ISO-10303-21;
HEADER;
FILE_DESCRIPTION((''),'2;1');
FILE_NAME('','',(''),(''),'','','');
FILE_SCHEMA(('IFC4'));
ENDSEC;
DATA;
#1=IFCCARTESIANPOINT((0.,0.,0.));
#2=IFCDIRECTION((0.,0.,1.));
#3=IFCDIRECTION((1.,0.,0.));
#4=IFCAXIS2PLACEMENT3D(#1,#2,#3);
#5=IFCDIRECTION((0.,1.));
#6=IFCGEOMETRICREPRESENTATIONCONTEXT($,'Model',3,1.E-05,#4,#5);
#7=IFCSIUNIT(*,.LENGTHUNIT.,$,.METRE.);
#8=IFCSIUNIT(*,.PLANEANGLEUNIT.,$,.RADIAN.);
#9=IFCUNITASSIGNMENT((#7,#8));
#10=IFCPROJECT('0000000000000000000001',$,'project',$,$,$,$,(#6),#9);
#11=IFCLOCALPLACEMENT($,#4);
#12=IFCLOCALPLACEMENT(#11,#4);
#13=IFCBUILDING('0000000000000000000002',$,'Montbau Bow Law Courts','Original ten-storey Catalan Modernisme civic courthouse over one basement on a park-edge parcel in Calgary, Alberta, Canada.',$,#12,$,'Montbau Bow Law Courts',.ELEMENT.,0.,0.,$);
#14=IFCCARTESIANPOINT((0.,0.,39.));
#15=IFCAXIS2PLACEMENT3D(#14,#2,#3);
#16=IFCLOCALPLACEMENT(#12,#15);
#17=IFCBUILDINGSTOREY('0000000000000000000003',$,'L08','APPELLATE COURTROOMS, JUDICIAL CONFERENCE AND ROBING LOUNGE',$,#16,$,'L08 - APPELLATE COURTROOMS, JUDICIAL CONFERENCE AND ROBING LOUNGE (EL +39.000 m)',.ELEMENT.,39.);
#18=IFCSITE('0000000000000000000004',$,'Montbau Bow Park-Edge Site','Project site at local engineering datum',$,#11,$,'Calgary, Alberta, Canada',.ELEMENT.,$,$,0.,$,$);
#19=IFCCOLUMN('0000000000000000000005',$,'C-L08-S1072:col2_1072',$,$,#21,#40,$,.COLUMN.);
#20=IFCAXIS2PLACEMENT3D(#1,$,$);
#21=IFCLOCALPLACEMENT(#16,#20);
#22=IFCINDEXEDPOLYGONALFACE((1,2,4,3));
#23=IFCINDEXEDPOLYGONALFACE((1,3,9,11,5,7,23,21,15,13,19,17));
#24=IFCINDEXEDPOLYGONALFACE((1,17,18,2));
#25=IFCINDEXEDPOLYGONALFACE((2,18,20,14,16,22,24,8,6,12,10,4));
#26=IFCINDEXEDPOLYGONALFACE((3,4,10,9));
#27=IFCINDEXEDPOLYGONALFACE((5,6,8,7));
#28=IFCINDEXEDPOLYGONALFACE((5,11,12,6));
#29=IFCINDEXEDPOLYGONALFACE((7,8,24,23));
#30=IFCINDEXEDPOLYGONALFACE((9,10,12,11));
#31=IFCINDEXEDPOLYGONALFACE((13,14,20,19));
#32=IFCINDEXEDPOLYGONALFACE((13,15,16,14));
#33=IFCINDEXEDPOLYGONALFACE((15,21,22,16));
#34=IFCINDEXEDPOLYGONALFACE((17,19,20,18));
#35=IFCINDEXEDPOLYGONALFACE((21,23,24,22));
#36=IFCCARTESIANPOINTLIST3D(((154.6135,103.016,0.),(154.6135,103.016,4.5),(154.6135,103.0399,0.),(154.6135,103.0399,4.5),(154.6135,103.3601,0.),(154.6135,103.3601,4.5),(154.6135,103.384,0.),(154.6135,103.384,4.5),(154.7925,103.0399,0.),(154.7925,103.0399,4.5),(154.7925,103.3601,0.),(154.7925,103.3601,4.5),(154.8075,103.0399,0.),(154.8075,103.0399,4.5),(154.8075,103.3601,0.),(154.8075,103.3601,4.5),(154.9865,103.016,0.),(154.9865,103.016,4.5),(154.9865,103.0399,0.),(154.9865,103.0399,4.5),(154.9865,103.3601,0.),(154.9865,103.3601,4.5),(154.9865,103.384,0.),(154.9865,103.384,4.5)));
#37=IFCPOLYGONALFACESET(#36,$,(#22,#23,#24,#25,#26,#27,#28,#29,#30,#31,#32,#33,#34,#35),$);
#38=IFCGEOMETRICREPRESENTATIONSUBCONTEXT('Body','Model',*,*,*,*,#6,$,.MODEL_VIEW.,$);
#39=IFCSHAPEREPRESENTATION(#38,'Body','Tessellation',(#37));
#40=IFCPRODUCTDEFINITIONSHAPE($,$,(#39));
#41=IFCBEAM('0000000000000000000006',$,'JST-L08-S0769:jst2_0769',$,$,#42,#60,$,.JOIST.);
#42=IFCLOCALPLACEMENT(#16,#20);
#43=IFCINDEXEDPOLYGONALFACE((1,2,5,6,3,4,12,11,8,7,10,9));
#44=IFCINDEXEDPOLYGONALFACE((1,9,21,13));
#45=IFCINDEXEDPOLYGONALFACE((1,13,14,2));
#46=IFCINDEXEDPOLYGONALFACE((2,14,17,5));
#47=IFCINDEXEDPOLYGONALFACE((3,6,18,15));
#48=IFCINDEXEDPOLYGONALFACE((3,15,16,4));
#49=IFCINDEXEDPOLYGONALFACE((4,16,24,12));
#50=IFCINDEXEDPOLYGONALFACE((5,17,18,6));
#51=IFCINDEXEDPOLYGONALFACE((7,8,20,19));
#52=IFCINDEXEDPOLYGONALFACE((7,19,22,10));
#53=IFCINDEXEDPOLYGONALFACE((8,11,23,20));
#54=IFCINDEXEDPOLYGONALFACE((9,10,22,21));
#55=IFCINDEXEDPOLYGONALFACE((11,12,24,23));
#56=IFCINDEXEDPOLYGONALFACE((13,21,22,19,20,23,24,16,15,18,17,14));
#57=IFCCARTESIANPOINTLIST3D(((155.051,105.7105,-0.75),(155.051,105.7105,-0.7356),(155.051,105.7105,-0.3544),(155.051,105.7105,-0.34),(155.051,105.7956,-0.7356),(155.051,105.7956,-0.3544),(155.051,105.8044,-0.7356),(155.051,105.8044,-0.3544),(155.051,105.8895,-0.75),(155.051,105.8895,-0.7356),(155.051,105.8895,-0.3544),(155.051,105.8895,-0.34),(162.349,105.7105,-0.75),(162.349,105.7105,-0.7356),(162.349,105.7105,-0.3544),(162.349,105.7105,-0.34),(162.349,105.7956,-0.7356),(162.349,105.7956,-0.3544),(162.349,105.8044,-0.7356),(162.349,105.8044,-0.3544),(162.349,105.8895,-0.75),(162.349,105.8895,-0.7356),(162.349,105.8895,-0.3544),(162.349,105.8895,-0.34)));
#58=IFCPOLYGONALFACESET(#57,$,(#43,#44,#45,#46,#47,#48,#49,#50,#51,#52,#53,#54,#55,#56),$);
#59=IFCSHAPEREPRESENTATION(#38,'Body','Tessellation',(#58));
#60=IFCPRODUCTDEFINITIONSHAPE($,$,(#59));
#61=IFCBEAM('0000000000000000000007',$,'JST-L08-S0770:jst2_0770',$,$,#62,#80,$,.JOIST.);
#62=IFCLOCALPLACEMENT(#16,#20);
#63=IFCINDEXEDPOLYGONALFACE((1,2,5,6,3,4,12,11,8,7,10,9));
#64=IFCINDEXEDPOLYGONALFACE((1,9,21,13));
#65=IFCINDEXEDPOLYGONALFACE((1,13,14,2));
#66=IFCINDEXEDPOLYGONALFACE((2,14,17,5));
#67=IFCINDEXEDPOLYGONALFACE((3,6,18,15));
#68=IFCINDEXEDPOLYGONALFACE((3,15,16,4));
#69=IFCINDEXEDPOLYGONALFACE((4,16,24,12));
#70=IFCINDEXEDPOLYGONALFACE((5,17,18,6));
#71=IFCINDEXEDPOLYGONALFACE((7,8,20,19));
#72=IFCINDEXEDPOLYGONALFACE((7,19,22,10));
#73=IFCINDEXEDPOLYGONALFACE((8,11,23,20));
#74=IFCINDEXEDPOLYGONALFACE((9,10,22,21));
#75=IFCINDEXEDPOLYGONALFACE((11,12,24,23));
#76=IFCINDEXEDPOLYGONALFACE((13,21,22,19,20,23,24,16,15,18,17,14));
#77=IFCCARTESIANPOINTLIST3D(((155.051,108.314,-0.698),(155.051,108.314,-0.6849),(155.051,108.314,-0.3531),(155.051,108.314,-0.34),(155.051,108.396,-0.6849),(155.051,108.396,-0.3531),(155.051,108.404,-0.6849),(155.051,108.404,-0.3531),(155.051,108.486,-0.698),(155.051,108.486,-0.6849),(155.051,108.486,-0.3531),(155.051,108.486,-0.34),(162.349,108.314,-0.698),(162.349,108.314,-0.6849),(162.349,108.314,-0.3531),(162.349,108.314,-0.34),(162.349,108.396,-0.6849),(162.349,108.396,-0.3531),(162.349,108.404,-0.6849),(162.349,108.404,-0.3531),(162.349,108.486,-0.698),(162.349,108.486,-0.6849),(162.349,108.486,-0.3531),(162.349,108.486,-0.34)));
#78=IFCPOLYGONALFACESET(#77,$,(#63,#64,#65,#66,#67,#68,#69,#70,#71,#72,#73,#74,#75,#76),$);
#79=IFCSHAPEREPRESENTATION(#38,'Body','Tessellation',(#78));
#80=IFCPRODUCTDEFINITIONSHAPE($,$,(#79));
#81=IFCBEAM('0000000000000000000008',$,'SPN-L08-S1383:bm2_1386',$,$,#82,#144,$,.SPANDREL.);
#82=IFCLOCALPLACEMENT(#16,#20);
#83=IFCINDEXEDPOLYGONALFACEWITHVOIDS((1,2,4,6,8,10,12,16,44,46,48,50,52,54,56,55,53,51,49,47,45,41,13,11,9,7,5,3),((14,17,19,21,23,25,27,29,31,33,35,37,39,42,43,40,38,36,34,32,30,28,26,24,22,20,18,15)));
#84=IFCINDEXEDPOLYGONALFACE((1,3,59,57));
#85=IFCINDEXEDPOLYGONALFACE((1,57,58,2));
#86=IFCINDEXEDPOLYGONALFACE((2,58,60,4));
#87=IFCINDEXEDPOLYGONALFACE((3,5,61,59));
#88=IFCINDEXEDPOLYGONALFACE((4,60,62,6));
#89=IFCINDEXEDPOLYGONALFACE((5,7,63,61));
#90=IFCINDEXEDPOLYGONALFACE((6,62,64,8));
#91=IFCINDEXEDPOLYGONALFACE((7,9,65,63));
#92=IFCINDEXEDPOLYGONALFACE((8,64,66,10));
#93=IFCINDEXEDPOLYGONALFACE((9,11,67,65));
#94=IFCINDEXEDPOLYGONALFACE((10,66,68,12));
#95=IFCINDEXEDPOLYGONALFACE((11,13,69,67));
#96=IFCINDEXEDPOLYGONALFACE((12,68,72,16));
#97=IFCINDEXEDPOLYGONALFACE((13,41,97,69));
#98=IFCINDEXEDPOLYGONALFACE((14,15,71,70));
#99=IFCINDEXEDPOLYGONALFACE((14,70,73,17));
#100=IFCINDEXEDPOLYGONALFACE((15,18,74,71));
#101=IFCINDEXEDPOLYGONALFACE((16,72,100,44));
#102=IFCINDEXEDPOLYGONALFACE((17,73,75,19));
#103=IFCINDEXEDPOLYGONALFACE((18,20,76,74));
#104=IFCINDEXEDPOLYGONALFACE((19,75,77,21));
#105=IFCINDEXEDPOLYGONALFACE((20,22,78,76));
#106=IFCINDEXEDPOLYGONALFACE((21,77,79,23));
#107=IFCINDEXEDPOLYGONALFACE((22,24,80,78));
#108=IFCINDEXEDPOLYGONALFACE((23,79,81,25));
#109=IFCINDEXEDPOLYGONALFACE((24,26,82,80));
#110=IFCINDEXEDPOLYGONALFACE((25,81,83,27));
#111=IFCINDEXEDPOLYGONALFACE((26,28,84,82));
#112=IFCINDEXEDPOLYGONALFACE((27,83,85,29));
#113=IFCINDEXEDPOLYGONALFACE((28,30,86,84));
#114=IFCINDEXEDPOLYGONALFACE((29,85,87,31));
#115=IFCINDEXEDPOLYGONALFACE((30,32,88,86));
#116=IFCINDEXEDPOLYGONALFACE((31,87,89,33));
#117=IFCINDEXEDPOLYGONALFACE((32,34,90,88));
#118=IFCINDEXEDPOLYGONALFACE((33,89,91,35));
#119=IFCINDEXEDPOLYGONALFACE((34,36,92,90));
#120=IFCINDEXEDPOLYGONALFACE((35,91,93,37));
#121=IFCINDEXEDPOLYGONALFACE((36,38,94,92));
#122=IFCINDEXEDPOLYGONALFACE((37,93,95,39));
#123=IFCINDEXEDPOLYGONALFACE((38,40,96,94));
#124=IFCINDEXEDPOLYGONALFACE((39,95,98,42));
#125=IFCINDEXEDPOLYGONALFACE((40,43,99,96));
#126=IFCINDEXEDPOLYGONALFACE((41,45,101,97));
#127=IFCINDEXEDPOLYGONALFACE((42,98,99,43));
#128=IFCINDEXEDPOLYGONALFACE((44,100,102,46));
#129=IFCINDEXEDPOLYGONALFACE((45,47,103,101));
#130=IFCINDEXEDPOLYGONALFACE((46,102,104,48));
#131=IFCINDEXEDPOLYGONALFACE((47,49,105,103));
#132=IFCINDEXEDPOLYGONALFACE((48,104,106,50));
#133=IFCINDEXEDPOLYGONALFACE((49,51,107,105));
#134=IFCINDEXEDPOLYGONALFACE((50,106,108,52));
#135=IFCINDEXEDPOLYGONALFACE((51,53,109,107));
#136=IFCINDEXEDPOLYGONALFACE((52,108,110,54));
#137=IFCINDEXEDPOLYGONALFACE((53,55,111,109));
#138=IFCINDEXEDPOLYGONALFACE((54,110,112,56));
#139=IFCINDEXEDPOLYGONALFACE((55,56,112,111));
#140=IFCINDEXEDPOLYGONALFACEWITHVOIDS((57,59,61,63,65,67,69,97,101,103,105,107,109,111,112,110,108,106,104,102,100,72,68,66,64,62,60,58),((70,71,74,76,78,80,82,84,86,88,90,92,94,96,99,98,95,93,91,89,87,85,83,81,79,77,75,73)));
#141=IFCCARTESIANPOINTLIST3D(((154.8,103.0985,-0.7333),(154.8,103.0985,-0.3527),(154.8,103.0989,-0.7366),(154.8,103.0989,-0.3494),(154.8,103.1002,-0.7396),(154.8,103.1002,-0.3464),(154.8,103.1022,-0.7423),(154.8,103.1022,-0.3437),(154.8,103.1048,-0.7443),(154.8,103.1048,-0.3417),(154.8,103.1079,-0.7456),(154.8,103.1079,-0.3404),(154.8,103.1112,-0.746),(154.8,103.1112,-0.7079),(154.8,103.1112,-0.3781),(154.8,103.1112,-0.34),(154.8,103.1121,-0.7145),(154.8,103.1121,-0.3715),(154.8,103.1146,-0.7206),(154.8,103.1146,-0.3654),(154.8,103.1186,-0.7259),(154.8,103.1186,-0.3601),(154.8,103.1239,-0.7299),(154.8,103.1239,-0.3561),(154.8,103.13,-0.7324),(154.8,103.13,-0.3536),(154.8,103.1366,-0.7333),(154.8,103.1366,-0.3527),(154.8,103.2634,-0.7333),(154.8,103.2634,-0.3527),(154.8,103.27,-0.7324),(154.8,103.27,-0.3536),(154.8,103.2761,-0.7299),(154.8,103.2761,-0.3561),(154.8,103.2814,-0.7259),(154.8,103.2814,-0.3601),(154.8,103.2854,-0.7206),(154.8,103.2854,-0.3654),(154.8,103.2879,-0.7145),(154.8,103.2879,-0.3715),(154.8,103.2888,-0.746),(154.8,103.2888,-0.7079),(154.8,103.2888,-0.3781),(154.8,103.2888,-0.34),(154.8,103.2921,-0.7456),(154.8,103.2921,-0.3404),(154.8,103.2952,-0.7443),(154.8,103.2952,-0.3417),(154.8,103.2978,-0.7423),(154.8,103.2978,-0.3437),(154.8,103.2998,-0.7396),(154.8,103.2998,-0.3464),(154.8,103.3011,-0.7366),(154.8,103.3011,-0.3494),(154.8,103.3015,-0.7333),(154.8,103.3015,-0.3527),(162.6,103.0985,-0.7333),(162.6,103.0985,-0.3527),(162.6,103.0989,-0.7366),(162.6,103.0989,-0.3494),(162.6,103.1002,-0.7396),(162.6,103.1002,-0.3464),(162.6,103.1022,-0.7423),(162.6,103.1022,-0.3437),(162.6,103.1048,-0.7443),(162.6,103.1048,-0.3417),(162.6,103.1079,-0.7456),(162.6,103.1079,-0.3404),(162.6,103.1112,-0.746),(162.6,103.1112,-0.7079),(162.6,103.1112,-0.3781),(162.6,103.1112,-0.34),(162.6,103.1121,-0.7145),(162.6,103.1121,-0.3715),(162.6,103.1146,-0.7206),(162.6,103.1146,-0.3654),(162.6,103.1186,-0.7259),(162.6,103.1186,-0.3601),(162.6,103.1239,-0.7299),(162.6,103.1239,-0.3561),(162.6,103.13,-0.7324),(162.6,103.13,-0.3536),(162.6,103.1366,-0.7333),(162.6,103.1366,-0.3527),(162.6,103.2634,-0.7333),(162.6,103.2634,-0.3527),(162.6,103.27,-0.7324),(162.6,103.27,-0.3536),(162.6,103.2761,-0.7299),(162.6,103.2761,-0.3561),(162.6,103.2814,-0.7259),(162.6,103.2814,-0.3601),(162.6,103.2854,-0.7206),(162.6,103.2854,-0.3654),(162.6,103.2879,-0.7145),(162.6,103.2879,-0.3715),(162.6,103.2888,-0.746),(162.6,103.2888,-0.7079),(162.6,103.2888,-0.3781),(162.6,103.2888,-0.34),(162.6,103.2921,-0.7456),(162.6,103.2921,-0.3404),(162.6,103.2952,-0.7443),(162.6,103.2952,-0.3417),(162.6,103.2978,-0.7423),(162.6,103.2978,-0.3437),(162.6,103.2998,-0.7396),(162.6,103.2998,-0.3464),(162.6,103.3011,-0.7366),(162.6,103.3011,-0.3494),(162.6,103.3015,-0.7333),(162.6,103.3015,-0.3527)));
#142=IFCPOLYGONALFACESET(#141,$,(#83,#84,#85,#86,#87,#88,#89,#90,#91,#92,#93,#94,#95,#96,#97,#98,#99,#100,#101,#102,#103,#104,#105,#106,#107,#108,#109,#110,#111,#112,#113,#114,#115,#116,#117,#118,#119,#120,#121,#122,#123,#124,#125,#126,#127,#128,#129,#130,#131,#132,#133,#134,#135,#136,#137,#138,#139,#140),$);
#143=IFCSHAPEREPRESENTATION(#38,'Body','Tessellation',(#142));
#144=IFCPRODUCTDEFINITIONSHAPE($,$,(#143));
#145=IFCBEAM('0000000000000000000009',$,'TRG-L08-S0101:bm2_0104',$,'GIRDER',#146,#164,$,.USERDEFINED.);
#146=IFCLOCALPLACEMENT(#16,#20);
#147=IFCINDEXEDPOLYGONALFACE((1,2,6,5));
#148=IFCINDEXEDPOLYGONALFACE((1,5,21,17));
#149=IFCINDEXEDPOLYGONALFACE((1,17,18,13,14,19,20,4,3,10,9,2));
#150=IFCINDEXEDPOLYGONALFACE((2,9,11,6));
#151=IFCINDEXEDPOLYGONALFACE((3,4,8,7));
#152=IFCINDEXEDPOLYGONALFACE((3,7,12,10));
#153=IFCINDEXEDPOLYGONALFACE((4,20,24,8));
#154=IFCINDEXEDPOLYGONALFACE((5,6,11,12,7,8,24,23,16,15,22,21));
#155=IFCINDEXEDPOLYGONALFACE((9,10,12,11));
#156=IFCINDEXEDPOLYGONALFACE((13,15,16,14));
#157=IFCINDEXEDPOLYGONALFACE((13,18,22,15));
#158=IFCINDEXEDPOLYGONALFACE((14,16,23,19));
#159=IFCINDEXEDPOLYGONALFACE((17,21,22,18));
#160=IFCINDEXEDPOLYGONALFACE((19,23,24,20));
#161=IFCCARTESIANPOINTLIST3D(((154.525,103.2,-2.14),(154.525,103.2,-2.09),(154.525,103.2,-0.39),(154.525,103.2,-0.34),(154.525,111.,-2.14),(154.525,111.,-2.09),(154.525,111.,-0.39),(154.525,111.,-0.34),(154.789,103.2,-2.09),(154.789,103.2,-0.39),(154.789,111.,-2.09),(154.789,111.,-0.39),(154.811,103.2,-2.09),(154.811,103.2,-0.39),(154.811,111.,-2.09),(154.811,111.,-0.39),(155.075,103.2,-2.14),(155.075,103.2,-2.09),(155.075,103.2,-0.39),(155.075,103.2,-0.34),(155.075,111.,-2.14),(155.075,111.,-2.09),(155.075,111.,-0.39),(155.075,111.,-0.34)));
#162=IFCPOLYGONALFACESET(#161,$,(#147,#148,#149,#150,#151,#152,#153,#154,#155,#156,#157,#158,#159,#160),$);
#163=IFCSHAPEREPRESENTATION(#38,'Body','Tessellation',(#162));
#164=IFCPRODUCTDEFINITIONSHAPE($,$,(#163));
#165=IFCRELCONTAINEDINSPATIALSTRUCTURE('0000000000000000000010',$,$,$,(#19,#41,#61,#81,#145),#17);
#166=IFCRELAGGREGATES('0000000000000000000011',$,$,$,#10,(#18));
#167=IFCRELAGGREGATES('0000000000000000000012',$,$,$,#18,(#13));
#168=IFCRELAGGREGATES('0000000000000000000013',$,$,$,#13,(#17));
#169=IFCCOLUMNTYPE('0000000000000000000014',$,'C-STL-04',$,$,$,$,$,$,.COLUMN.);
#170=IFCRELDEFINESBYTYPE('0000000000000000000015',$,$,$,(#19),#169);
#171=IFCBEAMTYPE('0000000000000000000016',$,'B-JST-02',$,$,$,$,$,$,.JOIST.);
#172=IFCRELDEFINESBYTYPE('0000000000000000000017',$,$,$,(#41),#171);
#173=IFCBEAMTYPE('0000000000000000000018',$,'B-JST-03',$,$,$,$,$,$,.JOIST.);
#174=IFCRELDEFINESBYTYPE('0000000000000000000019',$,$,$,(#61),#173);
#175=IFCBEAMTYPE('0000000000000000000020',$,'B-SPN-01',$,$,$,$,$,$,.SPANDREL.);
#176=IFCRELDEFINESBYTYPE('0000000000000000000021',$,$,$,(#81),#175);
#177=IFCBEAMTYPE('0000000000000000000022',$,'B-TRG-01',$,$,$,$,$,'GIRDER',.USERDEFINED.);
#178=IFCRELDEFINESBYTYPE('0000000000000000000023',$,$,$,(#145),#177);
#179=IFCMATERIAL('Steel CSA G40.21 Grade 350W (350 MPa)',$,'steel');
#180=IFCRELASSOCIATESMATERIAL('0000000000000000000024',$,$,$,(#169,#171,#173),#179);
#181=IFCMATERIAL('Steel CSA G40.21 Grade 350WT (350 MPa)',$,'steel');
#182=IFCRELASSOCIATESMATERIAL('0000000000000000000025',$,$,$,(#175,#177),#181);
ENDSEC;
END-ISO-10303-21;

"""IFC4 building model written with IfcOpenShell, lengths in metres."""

from ifc_helpers import new_model, si_unit, direction, frame, origin_with_axes, origin_2d_with_axis, place, context, subcontext, project, spatial, hollow_rectangle, i_section, extrude, material, material_profile, profile_set, type_object, element, save


model = new_model("IFC4")

# Units and contexts
model_context = context("Model", 3, precision=1e-05, world=origin_with_axes(), true_north=direction((0.0, 1.0)))
body_context = subcontext(model_context, "Body", "Model", "MODEL_VIEW")
ifc_project = project(units=[si_unit("LENGTHUNIT", "METRE"), si_unit("PLANEANGLEUNIT", "RADIAN")], contexts=[model_context])

# Site, building, storey
site_placement = place(None, origin_with_axes())
site = spatial("IfcSite", under=ifc_project, at=site_placement, Name="Montbau Bow Park-Edge Site", Description="Project site at local engineering datum", LongName="Calgary, Alberta, Canada", CompositionType="ELEMENT", RefElevation=0.0)
building_placement = place(site_placement, origin_with_axes())
building = spatial("IfcBuilding", under=site, at=building_placement, Name="Montbau Bow Law Courts", Description="Original ten-storey Catalan Modernisme civic courthouse over one basement on a park-edge parcel in Calgary, Alberta, Canada.", LongName="Montbau Bow Law Courts", CompositionType="ELEMENT", ElevationOfRefHeight=0.0, ElevationOfTerrain=0.0)
storey_placement = place(building_placement, frame((0.0, 0.0, 39.0), z_axis=(0.0, 0.0, 1.0), x_axis=(1.0, 0.0, 0.0)))
storey = spatial("IfcBuildingStorey", under=building, at=storey_placement, Name="L08", Description="APPELLATE COURTROOMS, JUDICIAL CONFERENCE AND ROBING LOUNGE", LongName="L08 - APPELLATE COURTROOMS, JUDICIAL CONFERENCE AND ROBING LOUNGE (EL +39.000 m)", CompositionType="ELEMENT", Elevation=39.0)

# Column
ifc_material_1 = material(Name="Steel CSA G40.21 Grade 350W (350 MPa)", Category="steel")
ifc_material_profile_1 = material_profile(ifc_material_1, i_section(OverallWidth=0.373, OverallDepth=0.368, WebThickness=0.015, FlangeThickness=0.0239, at=origin_2d_with_axis()), Name="W360X179", Category="Main", Priority=0)
ifc_profile_set_1 = profile_set([ifc_material_profile_1], Name="Steel CSA G40.21 Grade 350W (350 MPa)")
column_type = type_object("IfcColumnType", Name="C-STL-04", PredefinedType="COLUMN", material=ifc_profile_set_1)
column_placement = place(None, frame((154.8, 103.2, 39.0), z_axis=(0.0, 0.0, 1.0), x_axis=(1.0, 0.0, 0.0)))
element("IfcColumn", 1, at=column_placement, inside=storey, type_object=column_type, Name="C-L08-S1072:col2_1072", PredefinedType="COLUMN", context=body_context, shape_type="SweptSolid", body=[
    extrude(i_section(OverallWidth=0.373, OverallDepth=0.368, WebThickness=0.015, FlangeThickness=0.0239, at=origin_2d_with_axis()), origin_with_axes(), (0.0, 0.0, 1.0), 4.5),
])

# Beams
ifc_material_profile_2 = material_profile(ifc_material_1, i_section(OverallWidth=0.179, OverallDepth=0.41, WebThickness=0.0088, FlangeThickness=0.0144, at=origin_2d_with_axis()), Name="W410X67", Category="Main", Priority=0)
ifc_profile_set_2 = profile_set([ifc_material_profile_2], Name="Steel CSA G40.21 Grade 350W (350 MPa)")
beam_type_1 = type_object("IfcBeamType", Name="B-JST-02", PredefinedType="JOIST", material=ifc_profile_set_2)
beam_1_placement = place(None, frame((155.051, 105.8, 38.455), z_axis=(1.0, 0.0, 0.0), x_axis=(0.0, 1.0, 0.0)))
element("IfcBeam", 2, at=beam_1_placement, inside=storey, type_object=beam_type_1, Name="JST-L08-S0769:jst2_0769", PredefinedType="JOIST", context=body_context, shape_type="SweptSolid", body=[
    extrude(i_section(OverallWidth=0.179, OverallDepth=0.41, WebThickness=0.0088, FlangeThickness=0.0144, at=origin_2d_with_axis()), origin_with_axes(), (0.0, 0.0, 1.0), 7.298),
])
ifc_material_profile_3 = material_profile(ifc_material_1, i_section(OverallWidth=0.172, OverallDepth=0.358, WebThickness=0.0079, FlangeThickness=0.0131, at=origin_2d_with_axis()), Name="W360X57", Category="Main", Priority=0)
ifc_profile_set_3 = profile_set([ifc_material_profile_3], Name="Steel CSA G40.21 Grade 350W (350 MPa)")
beam_type_2 = type_object("IfcBeamType", Name="B-JST-03", PredefinedType="JOIST", material=ifc_profile_set_3)
beam_2_placement = place(None, frame((155.051, 108.4, 38.481), z_axis=(1.0, 0.0, 0.0), x_axis=(0.0, 1.0, 0.0)))
element("IfcBeam", 3, at=beam_2_placement, inside=storey, type_object=beam_type_2, Name="JST-L08-S0770:jst2_0770", PredefinedType="JOIST", context=body_context, shape_type="SweptSolid", body=[
    extrude(i_section(OverallWidth=0.172, OverallDepth=0.358, WebThickness=0.0079, FlangeThickness=0.0131, at=origin_2d_with_axis()), origin_with_axes(), (0.0, 0.0, 1.0), 7.298),
])
ifc_material_2 = material(Name="Steel CSA G40.21 Grade 350WT (350 MPa)", Category="steel")
ifc_material_profile_4 = material_profile(ifc_material_2, hollow_rectangle(XDim=0.203, YDim=0.406, WallThickness=0.0127, InnerFilletRadius=0.0254, OuterFilletRadius=0.0127, at=origin_2d_with_axis()), Name="HSS406X203X13", Category="Main", Priority=0)
ifc_profile_set_4 = profile_set([ifc_material_profile_4], Name="Steel CSA G40.21 Grade 350WT (350 MPa)")
beam_type_3 = type_object("IfcBeamType", Name="B-SPN-01", PredefinedType="SPANDREL", material=ifc_profile_set_4)
beam_3_placement = place(None, frame((154.8, 103.2, 38.457), z_axis=(1.0, 0.0, 0.0), x_axis=(0.0, 1.0, 0.0)))
element("IfcBeam", 4, at=beam_3_placement, inside=storey, type_object=beam_type_3, Name="SPN-L08-S1383:bm2_1386", PredefinedType="SPANDREL", context=body_context, shape_type="SweptSolid", body=[
    extrude(hollow_rectangle(XDim=0.203, YDim=0.406, WallThickness=0.0127, InnerFilletRadius=0.0254, OuterFilletRadius=0.0127, at=origin_2d_with_axis()), origin_with_axes(), (0.0, 0.0, 1.0), 7.8),
])
ifc_material_profile_5 = material_profile(ifc_material_2, i_section(OverallWidth=0.55, OverallDepth=1.8, WebThickness=0.022, FlangeThickness=0.05, at=origin_2d_with_axis()), Name="WWF1800X550", Category="Main", Priority=0)
ifc_profile_set_5 = profile_set([ifc_material_profile_5], Name="Steel CSA G40.21 Grade 350WT (350 MPa)")
beam_type_4 = type_object("IfcBeamType", Name="B-TRG-01", ElementType="GIRDER", PredefinedType="USERDEFINED", material=ifc_profile_set_5)
beam_4_placement = place(None, frame((154.8, 103.2, 37.76), z_axis=(0.0, 1.0, 0.0), x_axis=(-1.0, 0.0, 0.0)))
element("IfcBeam", 5, at=beam_4_placement, inside=storey, type_object=beam_type_4, Name="TRG-L08-S0101:bm2_0104", ObjectType="GIRDER", PredefinedType="USERDEFINED", context=body_context, shape_type="SweptSolid", body=[
    extrude(i_section(OverallWidth=0.55, OverallDepth=1.8, WebThickness=0.022, FlangeThickness=0.05, at=origin_2d_with_axis()), origin_with_axes(), (0.0, 0.0, 1.0), 7.8),
])

save(model, "model.ifc")
